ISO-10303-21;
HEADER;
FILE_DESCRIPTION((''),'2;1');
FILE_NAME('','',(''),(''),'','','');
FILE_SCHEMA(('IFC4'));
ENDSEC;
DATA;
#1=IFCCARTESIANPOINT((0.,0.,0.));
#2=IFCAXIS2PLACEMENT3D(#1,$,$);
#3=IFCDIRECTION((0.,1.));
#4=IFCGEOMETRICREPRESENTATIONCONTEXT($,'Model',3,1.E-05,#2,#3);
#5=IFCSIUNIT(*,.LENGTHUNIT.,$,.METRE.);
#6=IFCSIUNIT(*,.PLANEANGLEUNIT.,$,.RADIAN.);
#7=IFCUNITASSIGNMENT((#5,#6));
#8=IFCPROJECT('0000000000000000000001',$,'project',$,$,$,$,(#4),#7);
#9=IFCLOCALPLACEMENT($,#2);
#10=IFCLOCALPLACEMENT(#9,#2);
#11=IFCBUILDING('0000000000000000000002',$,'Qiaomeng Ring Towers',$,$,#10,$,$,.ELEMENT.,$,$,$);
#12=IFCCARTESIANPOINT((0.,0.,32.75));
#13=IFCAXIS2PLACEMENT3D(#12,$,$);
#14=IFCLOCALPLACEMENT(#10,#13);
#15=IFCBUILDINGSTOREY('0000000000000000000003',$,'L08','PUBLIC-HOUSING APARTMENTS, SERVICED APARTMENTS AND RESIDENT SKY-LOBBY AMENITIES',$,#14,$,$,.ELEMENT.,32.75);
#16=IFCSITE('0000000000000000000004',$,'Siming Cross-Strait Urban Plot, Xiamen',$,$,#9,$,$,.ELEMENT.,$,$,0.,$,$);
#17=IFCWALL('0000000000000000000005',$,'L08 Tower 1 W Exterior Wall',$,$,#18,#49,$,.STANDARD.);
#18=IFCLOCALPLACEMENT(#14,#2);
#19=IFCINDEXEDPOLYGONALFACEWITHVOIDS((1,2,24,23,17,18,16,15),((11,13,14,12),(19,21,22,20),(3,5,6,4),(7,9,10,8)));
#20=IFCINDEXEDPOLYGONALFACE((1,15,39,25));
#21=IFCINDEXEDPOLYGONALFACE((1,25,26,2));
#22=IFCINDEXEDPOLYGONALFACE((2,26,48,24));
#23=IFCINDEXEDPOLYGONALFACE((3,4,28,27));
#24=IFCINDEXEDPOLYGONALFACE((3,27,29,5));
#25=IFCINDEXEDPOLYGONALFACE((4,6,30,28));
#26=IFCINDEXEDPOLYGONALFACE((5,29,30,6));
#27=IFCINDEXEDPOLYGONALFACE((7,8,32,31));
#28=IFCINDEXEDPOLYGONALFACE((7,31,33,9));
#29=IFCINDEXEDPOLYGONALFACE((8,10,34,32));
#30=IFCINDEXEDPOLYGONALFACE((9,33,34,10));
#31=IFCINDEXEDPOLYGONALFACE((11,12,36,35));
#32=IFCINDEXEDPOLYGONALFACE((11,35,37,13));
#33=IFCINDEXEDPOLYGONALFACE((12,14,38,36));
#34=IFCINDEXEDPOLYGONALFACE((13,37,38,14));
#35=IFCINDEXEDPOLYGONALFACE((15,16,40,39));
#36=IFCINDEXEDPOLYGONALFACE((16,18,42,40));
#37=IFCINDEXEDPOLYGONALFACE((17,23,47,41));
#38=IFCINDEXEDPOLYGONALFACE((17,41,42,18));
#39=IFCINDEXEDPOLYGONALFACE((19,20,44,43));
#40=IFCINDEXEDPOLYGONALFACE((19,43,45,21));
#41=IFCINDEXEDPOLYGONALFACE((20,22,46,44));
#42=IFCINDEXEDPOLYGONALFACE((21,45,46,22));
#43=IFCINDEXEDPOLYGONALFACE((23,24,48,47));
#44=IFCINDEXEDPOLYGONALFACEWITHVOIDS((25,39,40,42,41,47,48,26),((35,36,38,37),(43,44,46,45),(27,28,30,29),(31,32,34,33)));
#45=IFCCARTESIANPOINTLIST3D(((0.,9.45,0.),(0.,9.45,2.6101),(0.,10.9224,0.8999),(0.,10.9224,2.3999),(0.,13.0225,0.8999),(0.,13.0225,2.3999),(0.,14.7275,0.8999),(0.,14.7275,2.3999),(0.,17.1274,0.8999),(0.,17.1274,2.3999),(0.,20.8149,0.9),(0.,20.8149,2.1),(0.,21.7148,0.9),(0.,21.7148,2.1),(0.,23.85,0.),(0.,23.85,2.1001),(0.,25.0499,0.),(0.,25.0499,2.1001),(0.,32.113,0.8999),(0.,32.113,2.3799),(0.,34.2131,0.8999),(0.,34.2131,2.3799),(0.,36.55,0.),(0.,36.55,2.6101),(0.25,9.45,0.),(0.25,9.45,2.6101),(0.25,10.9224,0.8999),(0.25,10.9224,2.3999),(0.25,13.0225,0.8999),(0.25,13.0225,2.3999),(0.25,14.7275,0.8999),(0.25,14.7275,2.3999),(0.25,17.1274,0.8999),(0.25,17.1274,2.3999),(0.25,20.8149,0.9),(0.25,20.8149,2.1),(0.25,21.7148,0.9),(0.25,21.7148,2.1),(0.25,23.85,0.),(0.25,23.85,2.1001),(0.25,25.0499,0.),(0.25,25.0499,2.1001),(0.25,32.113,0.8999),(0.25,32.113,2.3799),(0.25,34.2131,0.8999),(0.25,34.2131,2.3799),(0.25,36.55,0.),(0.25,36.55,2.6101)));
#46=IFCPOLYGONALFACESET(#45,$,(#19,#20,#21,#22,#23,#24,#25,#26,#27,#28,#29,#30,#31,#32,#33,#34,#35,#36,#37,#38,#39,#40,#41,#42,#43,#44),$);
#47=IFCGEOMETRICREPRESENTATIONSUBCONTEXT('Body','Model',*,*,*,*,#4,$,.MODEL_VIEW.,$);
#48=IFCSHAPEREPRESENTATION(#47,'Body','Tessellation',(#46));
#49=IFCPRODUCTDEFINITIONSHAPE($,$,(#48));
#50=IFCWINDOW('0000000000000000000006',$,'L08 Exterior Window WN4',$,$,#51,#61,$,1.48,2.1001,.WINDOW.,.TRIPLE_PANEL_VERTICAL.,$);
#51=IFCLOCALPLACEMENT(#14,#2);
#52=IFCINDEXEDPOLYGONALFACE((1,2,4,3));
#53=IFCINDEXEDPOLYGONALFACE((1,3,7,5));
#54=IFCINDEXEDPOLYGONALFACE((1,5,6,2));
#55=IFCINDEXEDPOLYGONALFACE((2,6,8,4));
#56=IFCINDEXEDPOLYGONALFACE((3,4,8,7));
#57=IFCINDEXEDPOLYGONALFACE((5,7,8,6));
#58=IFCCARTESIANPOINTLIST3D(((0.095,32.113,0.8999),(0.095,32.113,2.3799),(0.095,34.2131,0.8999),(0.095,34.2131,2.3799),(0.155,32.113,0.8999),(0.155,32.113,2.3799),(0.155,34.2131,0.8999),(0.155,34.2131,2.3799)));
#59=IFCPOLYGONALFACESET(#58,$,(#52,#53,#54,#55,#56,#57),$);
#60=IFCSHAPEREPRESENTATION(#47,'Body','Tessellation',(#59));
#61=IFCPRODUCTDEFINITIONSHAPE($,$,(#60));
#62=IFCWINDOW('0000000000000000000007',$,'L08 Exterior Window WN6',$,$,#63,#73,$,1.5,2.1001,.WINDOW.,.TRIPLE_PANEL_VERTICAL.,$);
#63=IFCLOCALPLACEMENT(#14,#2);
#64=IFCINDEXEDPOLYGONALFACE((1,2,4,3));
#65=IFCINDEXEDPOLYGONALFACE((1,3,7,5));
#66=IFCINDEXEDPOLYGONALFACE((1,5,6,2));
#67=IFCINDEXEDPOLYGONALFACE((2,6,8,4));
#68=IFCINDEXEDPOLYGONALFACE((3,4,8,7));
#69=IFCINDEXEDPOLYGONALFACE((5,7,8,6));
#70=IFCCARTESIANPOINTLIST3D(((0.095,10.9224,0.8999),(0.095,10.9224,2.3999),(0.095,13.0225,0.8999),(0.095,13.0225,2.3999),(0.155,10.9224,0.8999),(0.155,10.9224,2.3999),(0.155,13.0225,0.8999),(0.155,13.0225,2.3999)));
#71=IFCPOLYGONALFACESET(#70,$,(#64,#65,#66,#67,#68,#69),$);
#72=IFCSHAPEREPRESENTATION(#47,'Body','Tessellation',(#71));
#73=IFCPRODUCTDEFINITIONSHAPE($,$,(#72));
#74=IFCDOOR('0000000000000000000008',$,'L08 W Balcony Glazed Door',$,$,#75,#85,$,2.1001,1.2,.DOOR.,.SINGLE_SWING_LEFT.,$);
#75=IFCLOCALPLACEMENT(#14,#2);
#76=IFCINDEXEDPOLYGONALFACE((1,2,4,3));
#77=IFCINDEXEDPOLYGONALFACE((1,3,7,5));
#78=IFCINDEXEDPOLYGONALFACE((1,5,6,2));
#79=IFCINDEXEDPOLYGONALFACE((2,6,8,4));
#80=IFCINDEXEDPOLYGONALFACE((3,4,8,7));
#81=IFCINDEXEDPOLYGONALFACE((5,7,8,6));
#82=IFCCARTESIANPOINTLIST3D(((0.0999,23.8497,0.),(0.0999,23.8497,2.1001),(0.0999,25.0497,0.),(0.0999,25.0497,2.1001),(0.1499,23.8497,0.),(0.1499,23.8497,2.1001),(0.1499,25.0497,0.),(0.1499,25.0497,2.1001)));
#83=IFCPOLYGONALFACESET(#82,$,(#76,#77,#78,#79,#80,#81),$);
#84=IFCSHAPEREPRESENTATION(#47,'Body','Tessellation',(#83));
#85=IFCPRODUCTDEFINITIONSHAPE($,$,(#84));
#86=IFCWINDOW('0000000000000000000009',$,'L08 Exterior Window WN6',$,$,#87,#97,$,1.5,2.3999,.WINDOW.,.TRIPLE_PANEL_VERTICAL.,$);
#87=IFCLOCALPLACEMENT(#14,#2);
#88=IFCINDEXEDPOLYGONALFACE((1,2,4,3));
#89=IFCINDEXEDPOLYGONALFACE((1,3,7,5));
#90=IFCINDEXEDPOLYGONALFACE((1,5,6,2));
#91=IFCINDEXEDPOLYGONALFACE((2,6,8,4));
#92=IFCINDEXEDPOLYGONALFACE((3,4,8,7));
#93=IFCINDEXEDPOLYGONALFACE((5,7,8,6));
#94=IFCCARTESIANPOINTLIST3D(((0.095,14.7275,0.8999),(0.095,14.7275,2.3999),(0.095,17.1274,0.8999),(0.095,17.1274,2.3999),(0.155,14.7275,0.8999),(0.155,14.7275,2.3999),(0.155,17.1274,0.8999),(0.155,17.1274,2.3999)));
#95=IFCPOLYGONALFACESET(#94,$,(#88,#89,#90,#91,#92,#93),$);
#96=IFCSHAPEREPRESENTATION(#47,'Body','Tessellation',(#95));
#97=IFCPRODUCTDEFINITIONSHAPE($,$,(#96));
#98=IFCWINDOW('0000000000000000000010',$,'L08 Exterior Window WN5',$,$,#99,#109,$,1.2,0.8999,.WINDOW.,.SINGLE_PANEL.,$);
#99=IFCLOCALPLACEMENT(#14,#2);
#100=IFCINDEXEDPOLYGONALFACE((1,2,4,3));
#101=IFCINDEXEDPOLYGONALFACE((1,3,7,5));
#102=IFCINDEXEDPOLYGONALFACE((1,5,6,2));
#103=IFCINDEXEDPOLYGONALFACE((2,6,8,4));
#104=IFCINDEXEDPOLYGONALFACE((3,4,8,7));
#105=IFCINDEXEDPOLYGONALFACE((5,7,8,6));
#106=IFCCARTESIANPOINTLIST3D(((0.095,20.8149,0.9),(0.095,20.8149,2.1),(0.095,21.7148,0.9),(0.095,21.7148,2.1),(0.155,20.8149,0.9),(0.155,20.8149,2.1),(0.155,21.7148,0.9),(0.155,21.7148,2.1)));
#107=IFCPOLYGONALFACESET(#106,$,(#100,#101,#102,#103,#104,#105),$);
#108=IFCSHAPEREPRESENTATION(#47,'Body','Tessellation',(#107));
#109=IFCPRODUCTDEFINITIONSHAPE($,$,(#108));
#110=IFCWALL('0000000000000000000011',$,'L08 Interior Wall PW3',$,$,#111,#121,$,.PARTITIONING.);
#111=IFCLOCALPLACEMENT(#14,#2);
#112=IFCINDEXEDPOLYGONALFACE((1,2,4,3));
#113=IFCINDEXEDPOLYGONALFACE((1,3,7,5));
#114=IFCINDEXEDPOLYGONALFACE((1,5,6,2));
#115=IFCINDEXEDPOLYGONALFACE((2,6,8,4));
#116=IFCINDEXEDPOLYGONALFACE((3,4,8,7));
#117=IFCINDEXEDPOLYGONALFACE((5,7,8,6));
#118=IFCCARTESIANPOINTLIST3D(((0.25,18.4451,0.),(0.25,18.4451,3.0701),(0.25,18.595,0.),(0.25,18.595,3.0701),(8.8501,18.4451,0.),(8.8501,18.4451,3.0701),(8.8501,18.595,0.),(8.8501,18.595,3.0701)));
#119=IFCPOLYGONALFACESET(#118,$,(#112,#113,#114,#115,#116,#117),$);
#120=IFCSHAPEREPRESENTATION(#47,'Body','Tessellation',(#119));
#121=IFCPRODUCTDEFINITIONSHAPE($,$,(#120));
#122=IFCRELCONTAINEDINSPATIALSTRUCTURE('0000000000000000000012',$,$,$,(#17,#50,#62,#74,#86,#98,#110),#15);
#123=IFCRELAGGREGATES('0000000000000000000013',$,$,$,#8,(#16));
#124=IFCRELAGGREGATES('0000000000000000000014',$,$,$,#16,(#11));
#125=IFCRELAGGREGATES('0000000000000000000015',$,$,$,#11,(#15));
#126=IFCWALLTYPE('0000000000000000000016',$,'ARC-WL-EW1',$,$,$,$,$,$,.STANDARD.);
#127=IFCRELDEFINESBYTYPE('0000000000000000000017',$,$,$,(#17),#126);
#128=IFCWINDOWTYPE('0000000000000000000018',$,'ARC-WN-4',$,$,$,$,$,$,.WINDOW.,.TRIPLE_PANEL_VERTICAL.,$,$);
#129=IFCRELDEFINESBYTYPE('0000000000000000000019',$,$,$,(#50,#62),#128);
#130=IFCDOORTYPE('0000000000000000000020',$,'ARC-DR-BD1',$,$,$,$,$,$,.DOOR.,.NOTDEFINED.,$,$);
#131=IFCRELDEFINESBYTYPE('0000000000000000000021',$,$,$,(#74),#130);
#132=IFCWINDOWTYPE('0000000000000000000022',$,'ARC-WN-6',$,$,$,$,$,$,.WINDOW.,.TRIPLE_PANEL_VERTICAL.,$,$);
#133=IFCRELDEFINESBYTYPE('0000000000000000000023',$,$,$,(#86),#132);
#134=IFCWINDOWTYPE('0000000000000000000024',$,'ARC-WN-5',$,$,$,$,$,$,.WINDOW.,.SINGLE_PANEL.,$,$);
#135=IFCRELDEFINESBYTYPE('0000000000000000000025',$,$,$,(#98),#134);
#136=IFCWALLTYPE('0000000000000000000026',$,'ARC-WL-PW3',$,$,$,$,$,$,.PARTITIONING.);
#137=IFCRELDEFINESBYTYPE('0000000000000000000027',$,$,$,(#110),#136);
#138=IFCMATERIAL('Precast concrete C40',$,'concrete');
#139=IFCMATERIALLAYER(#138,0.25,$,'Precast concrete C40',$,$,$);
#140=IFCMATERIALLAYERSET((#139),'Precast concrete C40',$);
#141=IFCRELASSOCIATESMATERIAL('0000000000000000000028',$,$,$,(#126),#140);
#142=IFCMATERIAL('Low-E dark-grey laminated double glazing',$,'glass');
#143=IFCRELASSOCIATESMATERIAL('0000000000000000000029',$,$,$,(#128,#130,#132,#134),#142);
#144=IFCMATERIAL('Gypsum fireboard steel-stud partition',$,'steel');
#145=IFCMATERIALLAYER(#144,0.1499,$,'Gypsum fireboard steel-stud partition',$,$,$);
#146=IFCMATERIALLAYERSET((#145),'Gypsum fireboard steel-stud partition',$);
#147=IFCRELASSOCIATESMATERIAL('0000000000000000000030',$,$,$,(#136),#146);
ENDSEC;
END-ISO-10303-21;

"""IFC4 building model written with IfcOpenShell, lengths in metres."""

from ifc_helpers import new_model, si_unit, direction, frame, frame_2d, origin, place, context, subcontext, project, spatial, rectangle, extrude, source, transform, mapped, material, layer, layer_set, type_object, element, fill, save


model = new_model("IFC4")

# Units and contexts
model_context = context("Model", 3, precision=1e-05, world=origin(), true_north=direction((0.0, 1.0)))
body_context = subcontext(model_context, "Body", "Model", "MODEL_VIEW")
ifc_project = project(units=[si_unit("LENGTHUNIT", "METRE"), si_unit("PLANEANGLEUNIT", "RADIAN")], contexts=[model_context])

# Site, building, storey
site_placement = place(None, origin())
site = spatial("IfcSite", under=ifc_project, at=site_placement, Name="Siming Cross-Strait Urban Plot, Xiamen", CompositionType="ELEMENT", RefElevation=0.0)
building_placement = place(site_placement, origin())
building = spatial("IfcBuilding", under=site, at=building_placement, Name="Qiaomeng Ring Towers", CompositionType="ELEMENT")
storey_placement = place(building_placement, frame((0.0, 0.0, 32.75)))
storey = spatial("IfcBuildingStorey", under=building, at=storey_placement, Name="L08", Description="PUBLIC-HOUSING APARTMENTS, SERVICED APARTMENTS AND RESIDENT SKY-LOBBY AMENITIES", CompositionType="ELEMENT", Elevation=32.75)

# Wall, openings, windows, door
ifc_material_1 = material(Name="Precast concrete C40", Category="concrete")
ifc_layer_1 = layer(ifc_material_1, 0.25, Name="Precast concrete C40")
ifc_layer_set_1 = layer_set([ifc_layer_1], Name="Precast concrete C40")
wall_type_1 = type_object("IfcWallType", Name="ARC-WL-EW1", PredefinedType="STANDARD", material=ifc_layer_set_1)
wall_1_placement = place(storey_placement, frame((0.125, 9.45, 0.0), z_axis=(0.0, 0.0, 1.0), x_axis=(0.0, 1.0, 0.0)))
wall_1 = element("IfcWall", 1, at=wall_1_placement, inside=storey, type_object=wall_type_1, Name="L08 Tower 1 W Exterior Wall", PredefinedType="STANDARD", context=body_context, shape_type="SweptSolid", body=[
    extrude(rectangle(XDim=27.1001, YDim=0.25, at=frame_2d((13.55, 0.0))), origin(), (0.0, 0.0, 1.0), 2.6101),
])
opening_1_placement = place(wall_1_placement, frame((14.3999, 0.0, 0.0)))
opening_1 = element("IfcOpeningElement", 2, at=opening_1_placement, cuts=wall_1, PredefinedType="OPENING", context=body_context, shape_type="SweptSolid", body=[
    extrude(rectangle(XDim=1.2, YDim=2.1001, at=frame_2d((0.6001, 1.05))), frame((0.0, 0.135, 0.0), z_axis=(0.0, -1.0, 0.0), x_axis=(1.0, 0.0, 0.0)), (0.0, 0.0, 1.0), 0.27),
])
opening_2_placement = place(wall_1_placement, frame((1.4724, 0.0, 0.8999)))
opening_2 = element("IfcOpeningElement", 3, at=opening_2_placement, cuts=wall_1, PredefinedType="OPENING", context=body_context, shape_type="SweptSolid", body=[
    extrude(rectangle(XDim=2.1001, YDim=1.5, at=frame_2d((1.05, 0.75))), frame((0.0, 0.135, 0.0), z_axis=(0.0, -1.0, 0.0), x_axis=(1.0, 0.0, 0.0)), (0.0, 0.0, 1.0), 0.27),
])
opening_3_placement = place(wall_1_placement, frame((22.6631, 0.0, 0.8999)))
opening_3 = element("IfcOpeningElement", 4, at=opening_3_placement, cuts=wall_1, PredefinedType="OPENING", context=body_context, shape_type="SweptSolid", body=[
    extrude(rectangle(XDim=2.1001, YDim=1.48, at=frame_2d((1.05, 0.74))), frame((0.0, 0.135, 0.0), z_axis=(0.0, -1.0, 0.0), x_axis=(1.0, 0.0, 0.0)), (0.0, 0.0, 1.0), 0.27),
])
opening_4_placement = place(wall_1_placement, frame((5.2776, 0.0, 0.8999)))
opening_4 = element("IfcOpeningElement", 5, at=opening_4_placement, cuts=wall_1, PredefinedType="OPENING", context=body_context, shape_type="SweptSolid", body=[
    extrude(rectangle(XDim=2.3999, YDim=1.5, at=frame_2d((1.2, 0.75))), frame((0.0, 0.135, 0.0), z_axis=(0.0, -1.0, 0.0), x_axis=(1.0, 0.0, 0.0)), (0.0, 0.0, 1.0), 0.27),
])
opening_5_placement = place(wall_1_placement, frame((11.365, 0.0, 0.8999)))
opening_5 = element("IfcOpeningElement", 6, at=opening_5_placement, cuts=wall_1, PredefinedType="OPENING", context=body_context, shape_type="SweptSolid", body=[
    extrude(rectangle(XDim=0.8999, YDim=1.2, at=frame_2d((0.45, 0.6001))), frame((0.0, 0.135, 0.0), z_axis=(0.0, -1.0, 0.0), x_axis=(1.0, 0.0, 0.0)), (0.0, 0.0, 1.0), 0.27),
])
ifc_material_2 = material(Name="Low-E dark-grey laminated double glazing", Category="glass")
window_type_1 = type_object("IfcWindowType", Name="ARC-WN-4", PartitioningType="TRIPLE_PANEL_VERTICAL", PredefinedType="WINDOW", material=ifc_material_2)
shared_shape_1 = source(origin(), body_context, "Body", "SweptSolid", [
    extrude(rectangle(XDim=2.1001, YDim=1.48, at=frame_2d((1.05, 0.74))), frame((0.0, 0.03, 0.0), z_axis=(0.0, -1.0, 0.0), x_axis=(1.0, 0.0, 0.0)), (0.0, 0.0, 1.0), 0.0601),
])
window_1_placement = place(opening_3_placement, origin())
window_1 = element("IfcWindow", 7, at=window_1_placement, inside=storey, type_object=window_type_1, Name="L08 Exterior Window WN4", OverallHeight=1.48, OverallWidth=2.1001, PartitioningType="TRIPLE_PANEL_VERTICAL", PredefinedType="WINDOW", context=body_context, shape_type="MappedRepresentation", body=[
    mapped(shared_shape_1, transform((0.0, 0.0, 0.0), x_axis=(1.0, 0.0, 0.0), y_axis=(0.0, 1.0, 0.0), z_axis=(0.0, 0.0, 1.0), scale=1.0)),
])
fill(opening_3, window_1)
shared_shape_2 = source(origin(), body_context, "Body", "SweptSolid", [
    extrude(rectangle(XDim=2.1001, YDim=1.5, at=frame_2d((1.05, 0.75))), frame((0.0, 0.03, 0.0), z_axis=(0.0, -1.0, 0.0), x_axis=(1.0, 0.0, 0.0)), (0.0, 0.0, 1.0), 0.0601),
])
window_2_placement = place(opening_2_placement, origin())
window_2 = element("IfcWindow", 8, at=window_2_placement, inside=storey, type_object=window_type_1, Name="L08 Exterior Window WN6", OverallHeight=1.5, OverallWidth=2.1001, PartitioningType="TRIPLE_PANEL_VERTICAL", PredefinedType="WINDOW", context=body_context, shape_type="MappedRepresentation", body=[
    mapped(shared_shape_2, transform((0.0, 0.0, 0.0), x_axis=(1.0, 0.0, 0.0), y_axis=(0.0, 1.0, 0.0), z_axis=(0.0, 0.0, 1.0), scale=1.0)),
])
fill(opening_2, window_2)
door_type_1 = type_object("IfcDoorType", Name="ARC-DR-BD1", OperationType="NOTDEFINED", PredefinedType="DOOR", material=ifc_material_2)
shared_shape_3 = source(origin(), body_context, "Body", "SweptSolid", [
    extrude(rectangle(XDim=1.2, YDim=2.1001, at=frame_2d((0.6001, 1.05))), frame((0.0, 0.0249, 0.0), z_axis=(0.0, -1.0, 0.0), x_axis=(1.0, 0.0, 0.0)), (0.0, 0.0, 1.0), 0.05),
])
door_1_placement = place(opening_1_placement, frame((1.2, 0.0, 0.0), z_axis=(0.0, 0.0, 1.0), x_axis=(-1.0, 0.0, 0.0)))
door_1 = element("IfcDoor", 9, at=door_1_placement, inside=storey, type_object=door_type_1, Name="L08 W Balcony Glazed Door", OperationType="SINGLE_SWING_LEFT", OverallHeight=2.1001, OverallWidth=1.2, PredefinedType="DOOR", context=body_context, shape_type="MappedRepresentation", body=[
    mapped(shared_shape_3, transform((0.0, 0.0, 0.0), x_axis=(1.0, 0.0, 0.0), y_axis=(0.0, 1.0, 0.0), z_axis=(0.0, 0.0, 1.0), scale=1.0)),
])
fill(opening_1, door_1)
window_type_2 = type_object("IfcWindowType", Name="ARC-WN-6", PartitioningType="TRIPLE_PANEL_VERTICAL", PredefinedType="WINDOW", material=ifc_material_2)
shared_shape_4 = source(origin(), body_context, "Body", "SweptSolid", [
    extrude(rectangle(XDim=2.3999, YDim=1.5, at=frame_2d((1.2, 0.75))), frame((0.0, 0.03, 0.0), z_axis=(0.0, -1.0, 0.0), x_axis=(1.0, 0.0, 0.0)), (0.0, 0.0, 1.0), 0.0601),
])
window_3_placement = place(opening_4_placement, origin())
window_3 = element("IfcWindow", 10, at=window_3_placement, inside=storey, type_object=window_type_2, Name="L08 Exterior Window WN6", OverallHeight=1.5, OverallWidth=2.3999, PartitioningType="TRIPLE_PANEL_VERTICAL", PredefinedType="WINDOW", context=body_context, shape_type="MappedRepresentation", body=[
    mapped(shared_shape_4, transform((0.0, 0.0, 0.0), x_axis=(1.0, 0.0, 0.0), y_axis=(0.0, 1.0, 0.0), z_axis=(0.0, 0.0, 1.0), scale=1.0)),
])
fill(opening_4, window_3)
window_type_3 = type_object("IfcWindowType", Name="ARC-WN-5", PartitioningType="SINGLE_PANEL", PredefinedType="WINDOW", material=ifc_material_2)
shared_shape_5 = source(origin(), body_context, "Body", "SweptSolid", [
    extrude(rectangle(XDim=0.8999, YDim=1.2, at=frame_2d((0.45, 0.6001))), frame((0.0, 0.03, 0.0), z_axis=(0.0, -1.0, 0.0), x_axis=(1.0, 0.0, 0.0)), (0.0, 0.0, 1.0), 0.0601),
])
window_4_placement = place(opening_5_placement, origin())
window_4 = element("IfcWindow", 11, at=window_4_placement, inside=storey, type_object=window_type_3, Name="L08 Exterior Window WN5", OverallHeight=1.2, OverallWidth=0.8999, PartitioningType="SINGLE_PANEL", PredefinedType="WINDOW", context=body_context, shape_type="MappedRepresentation", body=[
    mapped(shared_shape_5, transform((0.0, 0.0, 0.0), x_axis=(1.0, 0.0, 0.0), y_axis=(0.0, 1.0, 0.0), z_axis=(0.0, 0.0, 1.0), scale=1.0)),
])
fill(opening_5, window_4)

# Wall
ifc_material_3 = material(Name="Gypsum fireboard steel-stud partition", Category="steel")
ifc_layer_2 = layer(ifc_material_3, 0.1499, Name="Gypsum fireboard steel-stud partition")
ifc_layer_set_2 = layer_set([ifc_layer_2], Name="Gypsum fireboard steel-stud partition")
wall_type_2 = type_object("IfcWallType", Name="ARC-WL-PW3", PredefinedType="PARTITIONING", material=ifc_layer_set_2)
wall_2_placement = place(storey_placement, frame((0.25, 18.52, 0.0), z_axis=(0.0, 0.0, 1.0), x_axis=(1.0, 0.0, 0.0)))
element("IfcWall", 12, at=wall_2_placement, inside=storey, type_object=wall_type_2, Name="L08 Interior Wall PW3", PredefinedType="PARTITIONING", context=body_context, shape_type="SweptSolid", body=[
    extrude(rectangle(XDim=8.6001, YDim=0.1499, at=frame_2d((4.3, 0.0))), origin(), (0.0, 0.0, 1.0), 3.0701),
])

save(model, "model.ifc")
